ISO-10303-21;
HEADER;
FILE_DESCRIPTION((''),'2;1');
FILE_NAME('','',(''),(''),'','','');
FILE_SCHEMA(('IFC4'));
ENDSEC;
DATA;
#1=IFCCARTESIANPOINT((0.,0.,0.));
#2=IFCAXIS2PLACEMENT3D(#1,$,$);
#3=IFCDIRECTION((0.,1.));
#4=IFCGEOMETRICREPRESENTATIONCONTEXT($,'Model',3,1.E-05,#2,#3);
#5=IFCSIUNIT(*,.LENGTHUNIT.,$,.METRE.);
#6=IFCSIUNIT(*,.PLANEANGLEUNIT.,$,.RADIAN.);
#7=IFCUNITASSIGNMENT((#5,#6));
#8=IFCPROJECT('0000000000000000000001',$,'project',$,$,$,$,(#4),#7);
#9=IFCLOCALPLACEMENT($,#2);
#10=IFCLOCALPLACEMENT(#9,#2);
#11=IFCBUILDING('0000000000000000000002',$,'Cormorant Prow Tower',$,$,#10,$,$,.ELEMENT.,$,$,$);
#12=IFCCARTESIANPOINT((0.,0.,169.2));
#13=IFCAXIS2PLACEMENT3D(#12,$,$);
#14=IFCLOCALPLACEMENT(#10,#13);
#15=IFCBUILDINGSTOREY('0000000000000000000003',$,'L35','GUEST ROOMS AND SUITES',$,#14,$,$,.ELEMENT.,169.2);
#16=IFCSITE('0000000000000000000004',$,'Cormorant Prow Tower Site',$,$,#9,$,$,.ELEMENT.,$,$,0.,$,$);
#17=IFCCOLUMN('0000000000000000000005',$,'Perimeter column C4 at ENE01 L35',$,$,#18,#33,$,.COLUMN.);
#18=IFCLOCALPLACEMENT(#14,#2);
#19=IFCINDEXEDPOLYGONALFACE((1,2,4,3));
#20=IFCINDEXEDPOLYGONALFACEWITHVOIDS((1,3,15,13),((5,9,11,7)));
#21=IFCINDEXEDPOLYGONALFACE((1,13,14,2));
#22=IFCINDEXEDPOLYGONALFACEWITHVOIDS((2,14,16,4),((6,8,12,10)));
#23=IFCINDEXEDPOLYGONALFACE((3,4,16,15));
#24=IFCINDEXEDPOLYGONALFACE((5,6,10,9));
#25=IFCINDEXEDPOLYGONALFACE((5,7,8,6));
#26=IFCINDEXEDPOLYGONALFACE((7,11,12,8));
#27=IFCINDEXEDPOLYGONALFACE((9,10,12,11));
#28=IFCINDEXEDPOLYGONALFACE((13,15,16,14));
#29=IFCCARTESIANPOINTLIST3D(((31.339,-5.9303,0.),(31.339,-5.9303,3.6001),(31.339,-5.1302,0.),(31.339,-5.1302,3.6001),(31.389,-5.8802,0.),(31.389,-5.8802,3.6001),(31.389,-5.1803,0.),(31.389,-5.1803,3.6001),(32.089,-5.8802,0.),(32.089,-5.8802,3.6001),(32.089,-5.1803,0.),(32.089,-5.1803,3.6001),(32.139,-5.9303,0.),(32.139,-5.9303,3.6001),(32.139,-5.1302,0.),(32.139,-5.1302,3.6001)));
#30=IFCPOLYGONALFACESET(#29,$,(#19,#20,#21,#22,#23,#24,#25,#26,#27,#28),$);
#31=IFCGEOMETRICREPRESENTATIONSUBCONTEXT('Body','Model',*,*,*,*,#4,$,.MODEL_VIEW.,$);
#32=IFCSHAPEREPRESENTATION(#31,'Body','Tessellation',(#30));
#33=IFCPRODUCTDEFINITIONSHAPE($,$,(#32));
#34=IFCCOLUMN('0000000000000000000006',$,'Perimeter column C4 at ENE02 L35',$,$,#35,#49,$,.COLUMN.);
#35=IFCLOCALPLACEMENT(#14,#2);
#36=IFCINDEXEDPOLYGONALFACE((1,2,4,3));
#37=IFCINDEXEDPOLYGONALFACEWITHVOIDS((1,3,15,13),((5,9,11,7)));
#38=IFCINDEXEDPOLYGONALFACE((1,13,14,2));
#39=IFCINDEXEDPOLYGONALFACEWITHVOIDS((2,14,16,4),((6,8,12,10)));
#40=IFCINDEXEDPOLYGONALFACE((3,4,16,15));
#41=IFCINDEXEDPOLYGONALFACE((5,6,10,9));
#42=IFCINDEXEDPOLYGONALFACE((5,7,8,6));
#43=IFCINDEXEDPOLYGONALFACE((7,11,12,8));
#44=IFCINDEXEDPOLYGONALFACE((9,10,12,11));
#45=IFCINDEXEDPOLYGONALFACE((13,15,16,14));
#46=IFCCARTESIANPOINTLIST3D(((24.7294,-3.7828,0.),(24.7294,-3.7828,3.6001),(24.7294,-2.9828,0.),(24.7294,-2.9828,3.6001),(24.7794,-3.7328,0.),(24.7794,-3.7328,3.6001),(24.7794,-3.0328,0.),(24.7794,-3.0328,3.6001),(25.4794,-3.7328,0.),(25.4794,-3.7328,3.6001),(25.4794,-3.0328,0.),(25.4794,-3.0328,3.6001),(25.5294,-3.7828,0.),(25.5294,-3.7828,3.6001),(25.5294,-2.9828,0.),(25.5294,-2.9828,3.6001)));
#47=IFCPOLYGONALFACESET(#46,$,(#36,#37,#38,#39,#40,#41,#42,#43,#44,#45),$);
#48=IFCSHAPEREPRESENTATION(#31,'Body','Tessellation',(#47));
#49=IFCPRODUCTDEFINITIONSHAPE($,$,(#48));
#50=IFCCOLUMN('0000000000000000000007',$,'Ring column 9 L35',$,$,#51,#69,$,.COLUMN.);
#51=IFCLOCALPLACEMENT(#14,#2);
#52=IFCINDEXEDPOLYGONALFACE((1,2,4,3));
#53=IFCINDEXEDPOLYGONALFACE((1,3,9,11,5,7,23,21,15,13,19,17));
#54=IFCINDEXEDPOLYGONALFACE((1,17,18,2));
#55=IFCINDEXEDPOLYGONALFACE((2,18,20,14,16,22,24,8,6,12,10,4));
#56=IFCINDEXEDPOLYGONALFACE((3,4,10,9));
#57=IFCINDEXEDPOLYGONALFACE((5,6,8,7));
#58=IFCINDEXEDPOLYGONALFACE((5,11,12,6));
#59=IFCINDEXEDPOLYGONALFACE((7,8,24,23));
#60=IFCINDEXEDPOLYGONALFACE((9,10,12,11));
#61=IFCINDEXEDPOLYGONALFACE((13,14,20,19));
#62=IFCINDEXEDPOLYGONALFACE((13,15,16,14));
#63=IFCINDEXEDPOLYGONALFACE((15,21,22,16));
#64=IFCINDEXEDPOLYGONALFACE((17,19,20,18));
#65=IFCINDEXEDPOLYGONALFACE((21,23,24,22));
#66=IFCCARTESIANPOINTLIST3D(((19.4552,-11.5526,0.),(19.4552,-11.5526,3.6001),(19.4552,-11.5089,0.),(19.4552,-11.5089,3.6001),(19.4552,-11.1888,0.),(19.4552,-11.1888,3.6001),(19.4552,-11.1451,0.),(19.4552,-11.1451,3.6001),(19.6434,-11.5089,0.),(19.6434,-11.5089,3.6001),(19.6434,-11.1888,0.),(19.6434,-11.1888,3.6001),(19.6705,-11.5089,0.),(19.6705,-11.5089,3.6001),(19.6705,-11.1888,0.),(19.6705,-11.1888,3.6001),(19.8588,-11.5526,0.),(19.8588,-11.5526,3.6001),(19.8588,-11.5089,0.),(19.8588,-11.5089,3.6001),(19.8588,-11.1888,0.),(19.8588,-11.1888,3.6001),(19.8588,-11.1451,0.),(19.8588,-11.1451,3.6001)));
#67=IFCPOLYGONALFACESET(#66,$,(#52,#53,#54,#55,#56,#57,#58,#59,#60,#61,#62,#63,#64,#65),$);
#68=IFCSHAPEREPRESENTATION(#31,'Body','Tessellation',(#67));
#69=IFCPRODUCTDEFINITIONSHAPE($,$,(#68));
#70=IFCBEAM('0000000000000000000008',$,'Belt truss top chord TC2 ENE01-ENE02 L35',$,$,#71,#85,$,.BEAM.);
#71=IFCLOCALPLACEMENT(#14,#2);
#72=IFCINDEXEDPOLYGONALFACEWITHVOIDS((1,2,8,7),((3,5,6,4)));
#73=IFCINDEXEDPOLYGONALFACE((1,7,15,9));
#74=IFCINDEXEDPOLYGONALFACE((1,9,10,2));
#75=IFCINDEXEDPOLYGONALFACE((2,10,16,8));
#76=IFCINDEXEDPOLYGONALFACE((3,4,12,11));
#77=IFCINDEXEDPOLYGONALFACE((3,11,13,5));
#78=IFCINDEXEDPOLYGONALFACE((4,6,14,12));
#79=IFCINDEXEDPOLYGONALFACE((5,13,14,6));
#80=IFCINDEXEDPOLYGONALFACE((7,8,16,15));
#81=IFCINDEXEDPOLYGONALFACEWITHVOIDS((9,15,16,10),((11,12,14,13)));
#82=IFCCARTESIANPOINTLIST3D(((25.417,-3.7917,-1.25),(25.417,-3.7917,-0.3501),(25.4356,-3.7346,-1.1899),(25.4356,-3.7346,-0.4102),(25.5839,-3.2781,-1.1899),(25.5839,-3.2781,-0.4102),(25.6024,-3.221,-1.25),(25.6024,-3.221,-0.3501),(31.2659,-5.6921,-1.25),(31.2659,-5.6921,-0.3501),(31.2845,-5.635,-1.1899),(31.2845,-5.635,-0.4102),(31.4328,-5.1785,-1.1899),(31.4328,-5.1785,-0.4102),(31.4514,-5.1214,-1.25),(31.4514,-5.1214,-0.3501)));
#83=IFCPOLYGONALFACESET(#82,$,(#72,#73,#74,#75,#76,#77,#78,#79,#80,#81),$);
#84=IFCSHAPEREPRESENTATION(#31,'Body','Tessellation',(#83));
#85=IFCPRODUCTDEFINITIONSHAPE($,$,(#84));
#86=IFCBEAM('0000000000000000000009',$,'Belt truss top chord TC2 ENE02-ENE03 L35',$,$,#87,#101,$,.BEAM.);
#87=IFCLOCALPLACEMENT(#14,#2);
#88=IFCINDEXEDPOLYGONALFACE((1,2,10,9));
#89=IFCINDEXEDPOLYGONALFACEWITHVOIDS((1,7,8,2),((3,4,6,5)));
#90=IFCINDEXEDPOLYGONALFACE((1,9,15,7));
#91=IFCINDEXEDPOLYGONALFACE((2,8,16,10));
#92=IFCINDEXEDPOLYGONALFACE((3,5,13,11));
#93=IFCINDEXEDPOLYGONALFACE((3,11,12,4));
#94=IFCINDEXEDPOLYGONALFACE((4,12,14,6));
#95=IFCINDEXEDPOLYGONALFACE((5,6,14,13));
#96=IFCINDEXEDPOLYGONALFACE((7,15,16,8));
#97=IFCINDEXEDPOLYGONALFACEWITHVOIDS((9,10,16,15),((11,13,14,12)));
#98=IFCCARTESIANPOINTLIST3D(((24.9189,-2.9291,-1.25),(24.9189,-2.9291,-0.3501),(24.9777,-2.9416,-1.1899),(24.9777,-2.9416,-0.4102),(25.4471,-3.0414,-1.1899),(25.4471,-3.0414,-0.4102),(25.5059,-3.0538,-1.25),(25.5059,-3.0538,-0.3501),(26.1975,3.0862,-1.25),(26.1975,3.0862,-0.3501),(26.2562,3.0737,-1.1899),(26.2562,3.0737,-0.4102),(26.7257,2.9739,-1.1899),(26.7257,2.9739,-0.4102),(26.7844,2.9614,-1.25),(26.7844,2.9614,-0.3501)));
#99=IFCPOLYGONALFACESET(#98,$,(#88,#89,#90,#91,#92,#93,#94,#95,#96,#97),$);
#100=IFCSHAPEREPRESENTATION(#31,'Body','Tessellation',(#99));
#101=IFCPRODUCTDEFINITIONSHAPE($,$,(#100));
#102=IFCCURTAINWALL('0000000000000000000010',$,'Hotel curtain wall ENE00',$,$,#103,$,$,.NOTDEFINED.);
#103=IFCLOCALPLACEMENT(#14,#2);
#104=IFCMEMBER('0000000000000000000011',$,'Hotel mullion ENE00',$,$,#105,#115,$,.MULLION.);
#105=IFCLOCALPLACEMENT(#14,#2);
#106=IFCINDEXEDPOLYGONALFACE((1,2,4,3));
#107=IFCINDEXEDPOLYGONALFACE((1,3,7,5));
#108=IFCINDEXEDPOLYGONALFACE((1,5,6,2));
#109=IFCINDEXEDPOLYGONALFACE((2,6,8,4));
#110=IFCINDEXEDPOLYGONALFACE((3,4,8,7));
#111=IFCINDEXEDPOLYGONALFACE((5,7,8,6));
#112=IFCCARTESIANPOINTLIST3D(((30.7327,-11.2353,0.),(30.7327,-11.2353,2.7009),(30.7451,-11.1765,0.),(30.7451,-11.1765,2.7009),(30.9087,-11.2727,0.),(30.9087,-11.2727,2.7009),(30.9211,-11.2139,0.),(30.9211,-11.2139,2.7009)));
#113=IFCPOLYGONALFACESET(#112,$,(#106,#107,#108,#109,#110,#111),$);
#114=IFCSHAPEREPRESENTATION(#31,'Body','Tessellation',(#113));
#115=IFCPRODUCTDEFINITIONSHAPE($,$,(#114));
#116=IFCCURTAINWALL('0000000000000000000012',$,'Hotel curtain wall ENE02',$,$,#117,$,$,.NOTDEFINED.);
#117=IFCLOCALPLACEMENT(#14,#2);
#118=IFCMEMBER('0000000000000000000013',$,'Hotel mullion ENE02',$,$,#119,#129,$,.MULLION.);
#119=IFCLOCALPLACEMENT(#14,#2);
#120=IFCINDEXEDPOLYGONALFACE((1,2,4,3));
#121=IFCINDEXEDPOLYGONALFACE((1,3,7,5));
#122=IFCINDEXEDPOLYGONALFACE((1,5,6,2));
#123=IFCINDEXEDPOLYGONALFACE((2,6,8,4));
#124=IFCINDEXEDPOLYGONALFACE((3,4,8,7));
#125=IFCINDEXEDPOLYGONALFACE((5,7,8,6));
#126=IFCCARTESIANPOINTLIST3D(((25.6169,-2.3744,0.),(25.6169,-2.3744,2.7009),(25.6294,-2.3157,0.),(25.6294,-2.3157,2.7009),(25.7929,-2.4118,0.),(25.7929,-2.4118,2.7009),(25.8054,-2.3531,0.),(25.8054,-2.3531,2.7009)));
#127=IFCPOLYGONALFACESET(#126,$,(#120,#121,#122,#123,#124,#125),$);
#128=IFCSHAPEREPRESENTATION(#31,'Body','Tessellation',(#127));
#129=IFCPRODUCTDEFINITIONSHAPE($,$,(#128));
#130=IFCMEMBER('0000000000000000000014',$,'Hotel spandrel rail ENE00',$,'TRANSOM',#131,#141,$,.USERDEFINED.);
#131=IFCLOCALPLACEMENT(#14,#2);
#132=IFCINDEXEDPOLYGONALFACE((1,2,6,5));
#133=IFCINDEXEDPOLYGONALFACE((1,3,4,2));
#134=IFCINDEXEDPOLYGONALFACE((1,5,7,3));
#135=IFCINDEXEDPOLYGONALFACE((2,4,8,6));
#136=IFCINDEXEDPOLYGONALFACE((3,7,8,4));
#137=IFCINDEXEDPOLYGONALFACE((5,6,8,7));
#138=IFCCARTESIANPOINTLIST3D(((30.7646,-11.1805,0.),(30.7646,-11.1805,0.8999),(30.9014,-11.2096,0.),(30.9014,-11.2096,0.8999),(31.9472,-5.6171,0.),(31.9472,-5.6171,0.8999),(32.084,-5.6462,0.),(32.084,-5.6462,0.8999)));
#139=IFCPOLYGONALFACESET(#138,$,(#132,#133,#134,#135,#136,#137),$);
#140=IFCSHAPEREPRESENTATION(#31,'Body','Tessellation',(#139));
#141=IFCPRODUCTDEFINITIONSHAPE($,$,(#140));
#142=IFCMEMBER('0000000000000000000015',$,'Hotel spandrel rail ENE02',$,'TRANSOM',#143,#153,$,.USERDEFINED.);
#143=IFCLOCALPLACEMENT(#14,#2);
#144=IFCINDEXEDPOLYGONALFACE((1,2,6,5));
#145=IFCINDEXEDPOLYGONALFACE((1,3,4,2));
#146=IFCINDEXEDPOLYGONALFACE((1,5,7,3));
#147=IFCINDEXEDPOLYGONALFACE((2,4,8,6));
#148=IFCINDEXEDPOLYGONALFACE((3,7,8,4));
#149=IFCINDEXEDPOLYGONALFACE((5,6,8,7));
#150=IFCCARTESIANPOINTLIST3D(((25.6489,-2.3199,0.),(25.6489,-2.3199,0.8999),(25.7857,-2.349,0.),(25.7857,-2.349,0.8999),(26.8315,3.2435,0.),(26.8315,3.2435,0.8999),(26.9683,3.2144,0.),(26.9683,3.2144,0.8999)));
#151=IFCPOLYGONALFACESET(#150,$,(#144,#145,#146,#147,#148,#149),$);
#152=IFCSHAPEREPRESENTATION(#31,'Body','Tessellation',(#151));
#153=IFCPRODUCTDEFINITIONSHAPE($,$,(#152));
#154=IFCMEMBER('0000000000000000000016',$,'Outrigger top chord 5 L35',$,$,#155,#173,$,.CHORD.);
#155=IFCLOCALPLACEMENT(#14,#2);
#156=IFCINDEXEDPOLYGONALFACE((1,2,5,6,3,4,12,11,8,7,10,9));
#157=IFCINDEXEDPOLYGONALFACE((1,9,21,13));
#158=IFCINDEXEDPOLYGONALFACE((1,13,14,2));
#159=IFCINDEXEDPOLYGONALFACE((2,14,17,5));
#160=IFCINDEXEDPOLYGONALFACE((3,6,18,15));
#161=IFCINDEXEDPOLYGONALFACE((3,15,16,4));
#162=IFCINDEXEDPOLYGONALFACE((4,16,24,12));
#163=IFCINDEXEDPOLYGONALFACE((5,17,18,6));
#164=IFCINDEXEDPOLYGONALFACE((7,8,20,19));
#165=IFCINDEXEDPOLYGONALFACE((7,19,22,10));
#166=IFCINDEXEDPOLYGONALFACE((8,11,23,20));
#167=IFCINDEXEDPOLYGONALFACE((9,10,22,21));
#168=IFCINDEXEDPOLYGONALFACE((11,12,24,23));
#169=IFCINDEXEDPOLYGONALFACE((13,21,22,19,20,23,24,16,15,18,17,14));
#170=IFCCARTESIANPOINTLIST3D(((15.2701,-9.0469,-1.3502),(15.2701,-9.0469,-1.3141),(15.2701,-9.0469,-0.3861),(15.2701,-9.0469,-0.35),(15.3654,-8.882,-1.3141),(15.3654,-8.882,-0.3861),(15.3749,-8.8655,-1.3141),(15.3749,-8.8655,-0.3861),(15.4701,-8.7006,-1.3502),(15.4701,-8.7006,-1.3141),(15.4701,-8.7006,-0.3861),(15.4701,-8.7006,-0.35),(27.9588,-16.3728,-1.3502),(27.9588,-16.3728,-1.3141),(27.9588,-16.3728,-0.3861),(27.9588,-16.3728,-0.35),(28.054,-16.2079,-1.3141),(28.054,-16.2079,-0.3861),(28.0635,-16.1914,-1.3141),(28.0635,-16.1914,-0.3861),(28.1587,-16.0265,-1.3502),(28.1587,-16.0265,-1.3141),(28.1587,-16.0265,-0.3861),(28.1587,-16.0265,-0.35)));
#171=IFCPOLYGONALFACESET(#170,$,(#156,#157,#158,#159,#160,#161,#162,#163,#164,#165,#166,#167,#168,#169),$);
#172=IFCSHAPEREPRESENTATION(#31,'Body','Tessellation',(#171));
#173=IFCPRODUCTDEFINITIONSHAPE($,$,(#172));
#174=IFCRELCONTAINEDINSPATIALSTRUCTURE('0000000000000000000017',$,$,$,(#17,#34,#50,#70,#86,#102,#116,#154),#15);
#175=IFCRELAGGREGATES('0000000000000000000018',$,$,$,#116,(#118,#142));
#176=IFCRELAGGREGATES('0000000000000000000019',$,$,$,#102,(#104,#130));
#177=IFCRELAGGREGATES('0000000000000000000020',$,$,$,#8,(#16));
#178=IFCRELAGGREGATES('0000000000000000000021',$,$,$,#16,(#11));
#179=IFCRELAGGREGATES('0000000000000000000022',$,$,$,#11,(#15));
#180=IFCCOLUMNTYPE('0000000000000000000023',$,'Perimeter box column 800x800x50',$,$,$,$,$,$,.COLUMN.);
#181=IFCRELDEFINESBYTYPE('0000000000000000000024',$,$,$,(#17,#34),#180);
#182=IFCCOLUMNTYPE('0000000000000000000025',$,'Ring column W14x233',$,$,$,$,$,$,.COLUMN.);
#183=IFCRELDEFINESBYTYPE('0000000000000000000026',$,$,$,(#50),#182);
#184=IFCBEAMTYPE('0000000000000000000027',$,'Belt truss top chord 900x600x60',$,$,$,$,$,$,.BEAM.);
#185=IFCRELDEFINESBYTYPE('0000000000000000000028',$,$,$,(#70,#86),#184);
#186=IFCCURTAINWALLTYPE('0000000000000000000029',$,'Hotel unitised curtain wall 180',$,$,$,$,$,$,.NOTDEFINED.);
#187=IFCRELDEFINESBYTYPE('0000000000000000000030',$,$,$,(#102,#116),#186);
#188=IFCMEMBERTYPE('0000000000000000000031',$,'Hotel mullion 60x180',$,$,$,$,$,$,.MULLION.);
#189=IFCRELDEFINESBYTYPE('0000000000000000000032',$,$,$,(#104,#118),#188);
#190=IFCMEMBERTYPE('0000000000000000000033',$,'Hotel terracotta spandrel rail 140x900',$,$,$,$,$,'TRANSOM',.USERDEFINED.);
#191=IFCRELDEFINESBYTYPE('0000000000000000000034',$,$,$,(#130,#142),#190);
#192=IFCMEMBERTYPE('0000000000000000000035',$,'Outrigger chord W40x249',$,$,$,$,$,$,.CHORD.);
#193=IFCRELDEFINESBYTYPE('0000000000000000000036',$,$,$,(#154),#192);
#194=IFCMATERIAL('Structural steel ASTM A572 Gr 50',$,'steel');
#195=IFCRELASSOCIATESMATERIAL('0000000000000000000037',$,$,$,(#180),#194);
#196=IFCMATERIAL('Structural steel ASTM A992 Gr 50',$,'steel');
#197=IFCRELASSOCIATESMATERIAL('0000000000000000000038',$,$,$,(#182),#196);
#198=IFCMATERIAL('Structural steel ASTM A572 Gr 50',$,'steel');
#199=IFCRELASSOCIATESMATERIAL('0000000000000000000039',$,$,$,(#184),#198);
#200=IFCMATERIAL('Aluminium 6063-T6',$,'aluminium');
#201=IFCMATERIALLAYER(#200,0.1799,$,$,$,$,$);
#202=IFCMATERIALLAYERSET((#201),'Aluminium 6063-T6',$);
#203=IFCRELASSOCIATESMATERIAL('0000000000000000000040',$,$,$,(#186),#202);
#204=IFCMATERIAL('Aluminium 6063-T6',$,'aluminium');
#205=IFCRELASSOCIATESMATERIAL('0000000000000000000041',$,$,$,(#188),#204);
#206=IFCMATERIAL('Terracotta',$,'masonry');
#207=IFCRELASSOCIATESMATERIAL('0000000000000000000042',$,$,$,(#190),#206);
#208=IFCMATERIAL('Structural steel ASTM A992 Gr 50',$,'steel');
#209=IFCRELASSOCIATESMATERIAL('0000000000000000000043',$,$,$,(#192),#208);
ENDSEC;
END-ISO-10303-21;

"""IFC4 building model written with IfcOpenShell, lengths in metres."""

from ifc_helpers import new_model, si_unit, direction, frame, origin, origin_2d, place, context, subcontext, project, spatial, rectangle, hollow_rectangle, i_section, extrude, material, layer, layer_set, material_profile, profile_set, type_object, element, aggregate, save


model = new_model("IFC4")

# Units and contexts
model_context = context("Model", 3, precision=1e-05, world=origin(), true_north=direction((0.0, 1.0)))
body_context = subcontext(model_context, "Body", "Model", "MODEL_VIEW")
ifc_project = project(units=[si_unit("LENGTHUNIT", "METRE"), si_unit("PLANEANGLEUNIT", "RADIAN")], contexts=[model_context])

# Site, building, storey
site_placement = place(None, origin())
site = spatial("IfcSite", under=ifc_project, at=site_placement, Name="Cormorant Prow Tower Site", CompositionType="ELEMENT", RefElevation=0.0)
building_placement = place(site_placement, origin())
building = spatial("IfcBuilding", under=site, at=building_placement, Name="Cormorant Prow Tower", CompositionType="ELEMENT")
storey_placement = place(building_placement, frame((0.0, 0.0, 169.2)))
storey = spatial("IfcBuildingStorey", under=building, at=storey_placement, Name="L35", Description="GUEST ROOMS AND SUITES", CompositionType="ELEMENT", Elevation=169.2)

# Columns
ifc_material_1 = material(Name="Structural steel ASTM A572 Gr 50", Category="steel")
ifc_material_profile_1 = material_profile(ifc_material_1, hollow_rectangle(XDim=0.8, YDim=0.8, WallThickness=0.05, at=origin_2d()), Name="Box 800x800x50")
ifc_profile_set_1 = profile_set([ifc_material_profile_1], Name="Structural steel ASTM A572 Gr 50")
column_type_1 = type_object("IfcColumnType", Name="Perimeter box column 800x800x50", PredefinedType="COLUMN", material=ifc_profile_set_1)
for number, where, z_axis, x_axis, name in (
    (1, (31.739, -5.5303, 0.0), (0.0, 0.0, 1.0), (1.0, 0.0, 0.0), "Perimeter column C4 at ENE01 L35"),
    (2, (25.1294, -3.3828, 0.0), (0.0, 0.0, 1.0), (1.0, 0.0, 0.0), "Perimeter column C4 at ENE02 L35"),
):
    element("IfcColumn", number, at=place(storey_placement, frame(where, z_axis=z_axis, x_axis=x_axis)), inside=storey, type_object=column_type_1, Name=name, PredefinedType="COLUMN", context=body_context, shape_type="SweptSolid", body=[
        extrude(hollow_rectangle(XDim=0.8, YDim=0.8, WallThickness=0.05, at=origin_2d()), origin(), (0.0, 0.0, 1.0), 3.6001),
    ])
ifc_material_2 = material(Name="Structural steel ASTM A992 Gr 50", Category="steel")
ifc_material_profile_2 = material_profile(ifc_material_2, i_section(OverallWidth=0.4036, OverallDepth=0.4075, WebThickness=0.0271, FlangeThickness=0.0437, at=origin_2d()), Name="W14x233")
ifc_profile_set_2 = profile_set([ifc_material_profile_2], Name="Structural steel ASTM A992 Gr 50")
column_type_2 = type_object("IfcColumnType", Name="Ring column W14x233", PredefinedType="COLUMN", material=ifc_profile_set_2)
column_placement = place(storey_placement, frame((19.657, -11.3489, 0.0), z_axis=(0.0, 0.0, 1.0), x_axis=(1.0, 0.0, 0.0)))
element("IfcColumn", 3, at=column_placement, inside=storey, type_object=column_type_2, Name="Ring column 9 L35", PredefinedType="COLUMN", context=body_context, shape_type="SweptSolid", body=[
    extrude(i_section(OverallWidth=0.4036, OverallDepth=0.4075, WebThickness=0.0271, FlangeThickness=0.0437, at=origin_2d()), origin(), (0.0, 0.0, 1.0), 3.6001),
])

# Beams
ifc_material_3 = material(Name="Structural steel ASTM A572 Gr 50", Category="steel")
ifc_material_profile_3 = material_profile(ifc_material_3, hollow_rectangle(XDim=0.6001, YDim=0.8999, WallThickness=0.0601, at=origin_2d()), Name="Box 900x600x60")
ifc_profile_set_3 = profile_set([ifc_material_profile_3], Name="Structural steel ASTM A572 Gr 50")
beam_type = type_object("IfcBeamType", Name="Belt truss top chord 900x600x60", PredefinedType="BEAM", material=ifc_profile_set_3)
beam_1_placement = place(storey_placement, frame((31.3586, -5.4067, -0.8), z_axis=(-0.951058, 0.309013, 0.0), x_axis=(-0.309013, -0.951058, 0.0)))
element("IfcBeam", 4, at=beam_1_placement, inside=storey, type_object=beam_type, Name="Belt truss top chord TC2 ENE01-ENE02 L35", PredefinedType="BEAM", context=body_context, shape_type="SweptSolid", body=[
    extrude(hollow_rectangle(XDim=0.6001, YDim=0.8999, WallThickness=0.0601, at=origin_2d()), origin(), (0.0, 0.0, 1.0), 6.1499),
])
beam_2_placement = place(storey_placement, frame((25.2124, -2.9915, -0.8), z_axis=(0.207905, 0.978149, 0.0), x_axis=(-0.978149, 0.207905, 0.0)))
element("IfcBeam", 5, at=beam_2_placement, inside=storey, type_object=beam_type, Name="Belt truss top chord TC2 ENE02-ENE03 L35", PredefinedType="BEAM", context=body_context, shape_type="SweptSolid", body=[
    extrude(hollow_rectangle(XDim=0.6001, YDim=0.8999, WallThickness=0.0601, at=origin_2d()), origin(), (0.0, 0.0, 1.0), 6.1497),
])

# Curtain walls, members
ifc_material_4 = material(Name="Aluminium 6063-T6", Category="aluminium")
ifc_layer_1 = layer(ifc_material_4, 0.1799)
ifc_layer_set_1 = layer_set([ifc_layer_1], Name="Aluminium 6063-T6")
curtain_wall_type = type_object("IfcCurtainWallType", Name="Hotel unitised curtain wall 180", PredefinedType="NOTDEFINED", material=ifc_layer_set_1)
curtain_wall_1_placement = place(storey_placement, origin())
curtain_wall_1 = element("IfcCurtainWall", 6, at=curtain_wall_1_placement, inside=storey, type_object=curtain_wall_type, Name="Hotel curtain wall ENE00", PredefinedType="NOTDEFINED")
ifc_material_5 = material(Name="Aluminium 6063-T6", Category="aluminium")
ifc_material_profile_4 = material_profile(ifc_material_5, rectangle(XDim=0.1799, YDim=0.0601, at=origin_2d()), Name="Hotel mullion 60x180")
ifc_profile_set_4 = profile_set([ifc_material_profile_4], Name="Aluminium 6063-T6")
member_type_1 = type_object("IfcMemberType", Name="Hotel mullion 60x180", PredefinedType="MULLION", material=ifc_profile_set_4)
member_1_placement = place(storey_placement, frame((30.8269, -11.2246, 0.0), z_axis=(0.0, 0.0, 1.0), x_axis=(-0.978148, 0.207912, 0.0)))
member_1 = element("IfcMember", 7, at=member_1_placement, type_object=member_type_1, Name="Hotel mullion ENE00", PredefinedType="MULLION", context=body_context, shape_type="SweptSolid", body=[
    extrude(rectangle(XDim=0.1799, YDim=0.0601, at=origin_2d()), origin(), (0.0, 0.0, 1.0), 2.7009),
])
curtain_wall_2_placement = place(storey_placement, origin())
curtain_wall_2 = element("IfcCurtainWall", 8, at=curtain_wall_2_placement, inside=storey, type_object=curtain_wall_type, Name="Hotel curtain wall ENE02", PredefinedType="NOTDEFINED")
member_2_placement = place(storey_placement, frame((25.7112, -2.3638, 0.0), z_axis=(0.0, 0.0, 1.0), x_axis=(-0.978148, 0.207912, 0.0)))
member_2 = element("IfcMember", 9, at=member_2_placement, type_object=member_type_1, Name="Hotel mullion ENE02", PredefinedType="MULLION", context=body_context, shape_type="SweptSolid", body=[
    extrude(rectangle(XDim=0.1799, YDim=0.0601, at=origin_2d()), origin(), (0.0, 0.0, 1.0), 2.7009),
])

# Members
ifc_material_6 = material(Name="Terracotta", Category="masonry")
ifc_material_profile_5 = material_profile(ifc_material_6, rectangle(XDim=0.1399, YDim=0.8999, at=origin_2d()), Name="Hotel terracotta spandrel rail 140x900")
ifc_profile_set_5 = profile_set([ifc_material_profile_5], Name="Terracotta")
member_type_2 = type_object("IfcMemberType", Name="Hotel terracotta spandrel rail 140x900", ElementType="TRANSOM", PredefinedType="USERDEFINED", material=ifc_profile_set_5)
member_3_placement = place(storey_placement, frame((30.833, -11.1951, 0.45), z_axis=(0.207922, 0.978145, 0.0), x_axis=(-0.978145, 0.207922, 0.0)))
member_3 = element("IfcMember", 10, at=member_3_placement, type_object=member_type_2, Name="Hotel spandrel rail ENE00", ObjectType="TRANSOM", PredefinedType="USERDEFINED", context=body_context, shape_type="SweptSolid", body=[
    extrude(rectangle(XDim=0.1399, YDim=0.8999, at=origin_2d()), origin(), (0.0, 0.0, 1.0), 5.6877),
])
member_4_placement = place(storey_placement, frame((25.7173, -2.3345, 0.45), z_axis=(0.207922, 0.978145, 0.0), x_axis=(-0.978145, 0.207922, 0.0)))
member_4 = element("IfcMember", 11, at=member_4_placement, type_object=member_type_2, Name="Hotel spandrel rail ENE02", ObjectType="TRANSOM", PredefinedType="USERDEFINED", context=body_context, shape_type="SweptSolid", body=[
    extrude(rectangle(XDim=0.1399, YDim=0.8999, at=origin_2d()), origin(), (0.0, 0.0, 1.0), 5.6877),
])
aggregate(curtain_wall_2, [member_2, member_4])
ifc_material_7 = material(Name="Structural steel ASTM A992 Gr 50", Category="steel")
ifc_material_profile_6 = material_profile(ifc_material_7, i_section(OverallWidth=0.3999, OverallDepth=1.0002, WebThickness=0.019, FlangeThickness=0.0361, at=origin_2d()), Name="W40x249")
ifc_profile_set_6 = profile_set([ifc_material_profile_6], Name="Structural steel ASTM A992 Gr 50")
member_type_3 = type_object("IfcMemberType", Name="Outrigger chord W40x249", PredefinedType="CHORD", material=ifc_profile_set_6)
member_5_placement = place(storey_placement, frame((15.3701, -8.8738, -0.8501), z_axis=(0.866023, -0.500005, 0.0), x_axis=(0.500005, 0.866023, 0.0)))
element("IfcMember", 12, at=member_5_placement, inside=storey, type_object=member_type_3, Name="Outrigger top chord 5 L35", PredefinedType="CHORD", context=body_context, shape_type="SweptSolid", body=[
    extrude(i_section(OverallWidth=0.3999, OverallDepth=1.0002, WebThickness=0.019, FlangeThickness=0.0361, at=origin_2d()), origin(), (0.0, 0.0, 1.0), 14.6516),
])

aggregate(curtain_wall_1, [member_1, member_3])

save(model, "model.ifc")
